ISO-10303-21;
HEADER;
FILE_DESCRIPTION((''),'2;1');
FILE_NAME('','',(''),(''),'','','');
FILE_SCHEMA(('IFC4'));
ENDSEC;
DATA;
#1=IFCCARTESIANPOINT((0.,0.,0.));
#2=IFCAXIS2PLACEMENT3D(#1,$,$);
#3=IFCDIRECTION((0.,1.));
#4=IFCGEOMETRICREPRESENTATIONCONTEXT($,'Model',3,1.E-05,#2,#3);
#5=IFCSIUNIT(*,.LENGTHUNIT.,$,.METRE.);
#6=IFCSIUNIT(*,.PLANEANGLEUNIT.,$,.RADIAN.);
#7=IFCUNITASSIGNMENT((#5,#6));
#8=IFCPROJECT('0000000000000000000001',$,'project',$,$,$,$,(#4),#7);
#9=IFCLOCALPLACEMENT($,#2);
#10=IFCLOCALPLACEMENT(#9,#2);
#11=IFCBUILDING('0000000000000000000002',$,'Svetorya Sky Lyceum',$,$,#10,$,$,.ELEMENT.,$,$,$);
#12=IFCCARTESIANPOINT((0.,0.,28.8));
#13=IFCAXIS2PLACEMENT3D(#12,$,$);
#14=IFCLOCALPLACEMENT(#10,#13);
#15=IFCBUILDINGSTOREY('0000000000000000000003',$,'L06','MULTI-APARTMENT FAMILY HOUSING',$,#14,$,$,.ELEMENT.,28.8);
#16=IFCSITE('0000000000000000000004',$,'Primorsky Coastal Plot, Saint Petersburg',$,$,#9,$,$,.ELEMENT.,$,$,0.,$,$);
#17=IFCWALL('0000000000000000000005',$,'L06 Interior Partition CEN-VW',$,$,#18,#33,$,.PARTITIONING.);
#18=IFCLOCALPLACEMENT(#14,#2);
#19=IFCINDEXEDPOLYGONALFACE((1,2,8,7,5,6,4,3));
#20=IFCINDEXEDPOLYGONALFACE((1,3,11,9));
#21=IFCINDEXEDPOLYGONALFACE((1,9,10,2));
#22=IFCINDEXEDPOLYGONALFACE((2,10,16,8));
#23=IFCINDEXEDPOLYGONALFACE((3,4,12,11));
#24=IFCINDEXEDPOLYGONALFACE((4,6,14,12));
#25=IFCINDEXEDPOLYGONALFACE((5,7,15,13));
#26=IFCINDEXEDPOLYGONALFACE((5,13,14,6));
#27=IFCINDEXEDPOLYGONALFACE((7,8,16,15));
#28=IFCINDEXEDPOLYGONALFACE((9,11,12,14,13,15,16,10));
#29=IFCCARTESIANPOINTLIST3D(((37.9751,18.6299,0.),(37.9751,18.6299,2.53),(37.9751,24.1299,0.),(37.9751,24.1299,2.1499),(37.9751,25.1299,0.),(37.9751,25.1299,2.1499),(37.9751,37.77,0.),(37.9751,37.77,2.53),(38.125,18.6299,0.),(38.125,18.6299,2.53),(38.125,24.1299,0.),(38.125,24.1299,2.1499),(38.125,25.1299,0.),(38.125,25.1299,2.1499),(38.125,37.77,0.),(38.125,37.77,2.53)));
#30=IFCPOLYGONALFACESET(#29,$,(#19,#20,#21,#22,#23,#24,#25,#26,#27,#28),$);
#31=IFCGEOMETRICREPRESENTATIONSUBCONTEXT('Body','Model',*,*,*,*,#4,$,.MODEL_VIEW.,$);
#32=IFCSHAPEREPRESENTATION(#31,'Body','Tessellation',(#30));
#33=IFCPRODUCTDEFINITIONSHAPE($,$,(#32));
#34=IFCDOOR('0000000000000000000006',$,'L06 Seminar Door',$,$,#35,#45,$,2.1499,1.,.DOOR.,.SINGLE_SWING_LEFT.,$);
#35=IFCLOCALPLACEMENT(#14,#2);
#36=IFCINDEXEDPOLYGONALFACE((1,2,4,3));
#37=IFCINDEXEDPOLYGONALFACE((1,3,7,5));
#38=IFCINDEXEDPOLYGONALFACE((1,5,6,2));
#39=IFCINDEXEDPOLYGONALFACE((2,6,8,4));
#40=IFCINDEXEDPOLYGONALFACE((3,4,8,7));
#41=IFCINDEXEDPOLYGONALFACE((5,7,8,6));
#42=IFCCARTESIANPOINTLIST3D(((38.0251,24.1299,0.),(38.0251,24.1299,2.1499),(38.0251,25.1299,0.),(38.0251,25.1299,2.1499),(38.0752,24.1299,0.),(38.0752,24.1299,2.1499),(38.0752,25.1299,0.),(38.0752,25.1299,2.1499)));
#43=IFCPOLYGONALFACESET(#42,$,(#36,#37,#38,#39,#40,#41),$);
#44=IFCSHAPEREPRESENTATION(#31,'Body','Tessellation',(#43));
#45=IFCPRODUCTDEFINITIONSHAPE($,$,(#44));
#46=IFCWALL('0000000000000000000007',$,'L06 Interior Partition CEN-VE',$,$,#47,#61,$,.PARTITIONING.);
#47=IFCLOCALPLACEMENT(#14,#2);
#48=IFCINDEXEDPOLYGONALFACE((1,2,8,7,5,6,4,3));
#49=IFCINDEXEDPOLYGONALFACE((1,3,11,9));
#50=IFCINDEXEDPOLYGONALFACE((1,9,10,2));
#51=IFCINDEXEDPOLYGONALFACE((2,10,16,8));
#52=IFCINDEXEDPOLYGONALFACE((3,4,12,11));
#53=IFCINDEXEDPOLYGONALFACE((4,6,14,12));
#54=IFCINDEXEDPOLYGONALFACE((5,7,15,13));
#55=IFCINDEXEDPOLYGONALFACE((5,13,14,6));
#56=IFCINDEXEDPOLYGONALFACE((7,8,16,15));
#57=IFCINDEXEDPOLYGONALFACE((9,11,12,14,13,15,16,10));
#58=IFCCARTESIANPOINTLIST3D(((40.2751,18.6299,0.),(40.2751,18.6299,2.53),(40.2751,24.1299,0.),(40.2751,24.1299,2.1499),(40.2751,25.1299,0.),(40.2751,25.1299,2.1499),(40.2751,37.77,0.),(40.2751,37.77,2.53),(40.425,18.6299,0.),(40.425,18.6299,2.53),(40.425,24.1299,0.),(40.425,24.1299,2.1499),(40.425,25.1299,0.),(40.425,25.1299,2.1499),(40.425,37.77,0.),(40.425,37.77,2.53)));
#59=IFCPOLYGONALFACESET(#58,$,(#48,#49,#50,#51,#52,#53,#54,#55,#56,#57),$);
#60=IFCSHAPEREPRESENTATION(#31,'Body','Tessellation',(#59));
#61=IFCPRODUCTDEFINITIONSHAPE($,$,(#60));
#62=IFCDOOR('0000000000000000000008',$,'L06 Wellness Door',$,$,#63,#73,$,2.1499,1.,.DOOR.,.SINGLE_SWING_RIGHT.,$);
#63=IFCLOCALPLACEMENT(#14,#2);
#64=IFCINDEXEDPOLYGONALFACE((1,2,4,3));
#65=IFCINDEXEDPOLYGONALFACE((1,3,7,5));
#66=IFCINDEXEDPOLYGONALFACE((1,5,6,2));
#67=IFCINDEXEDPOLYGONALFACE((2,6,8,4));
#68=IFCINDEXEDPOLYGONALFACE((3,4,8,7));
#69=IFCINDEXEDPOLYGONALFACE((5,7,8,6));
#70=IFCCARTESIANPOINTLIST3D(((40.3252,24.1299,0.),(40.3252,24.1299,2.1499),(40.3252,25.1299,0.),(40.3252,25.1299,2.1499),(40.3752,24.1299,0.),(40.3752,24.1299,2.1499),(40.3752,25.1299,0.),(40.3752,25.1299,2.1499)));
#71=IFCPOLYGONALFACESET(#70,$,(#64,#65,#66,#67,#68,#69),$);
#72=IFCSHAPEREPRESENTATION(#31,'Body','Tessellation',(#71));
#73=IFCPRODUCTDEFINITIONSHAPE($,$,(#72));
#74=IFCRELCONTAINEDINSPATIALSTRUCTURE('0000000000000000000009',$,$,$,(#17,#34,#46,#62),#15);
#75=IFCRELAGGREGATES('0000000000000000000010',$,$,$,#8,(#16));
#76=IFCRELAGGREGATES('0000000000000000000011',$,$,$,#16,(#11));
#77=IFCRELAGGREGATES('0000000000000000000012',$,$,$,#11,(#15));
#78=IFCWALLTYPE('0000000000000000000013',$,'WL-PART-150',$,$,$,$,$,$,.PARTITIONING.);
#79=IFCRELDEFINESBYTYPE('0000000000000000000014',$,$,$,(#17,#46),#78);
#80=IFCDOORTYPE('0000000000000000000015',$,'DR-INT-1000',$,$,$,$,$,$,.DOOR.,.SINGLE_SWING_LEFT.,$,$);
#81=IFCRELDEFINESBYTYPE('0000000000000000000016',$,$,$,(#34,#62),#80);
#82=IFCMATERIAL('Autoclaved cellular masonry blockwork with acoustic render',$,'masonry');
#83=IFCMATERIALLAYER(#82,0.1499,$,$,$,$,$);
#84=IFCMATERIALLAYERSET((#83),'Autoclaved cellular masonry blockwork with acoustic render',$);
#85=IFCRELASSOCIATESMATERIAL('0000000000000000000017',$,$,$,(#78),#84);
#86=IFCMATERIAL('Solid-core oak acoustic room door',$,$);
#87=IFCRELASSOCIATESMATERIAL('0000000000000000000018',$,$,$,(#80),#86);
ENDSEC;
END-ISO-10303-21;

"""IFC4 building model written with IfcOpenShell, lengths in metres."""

from ifc_helpers import new_model, si_unit, direction, frame, frame_2d, origin, place, context, subcontext, project, spatial, rectangle, extrude, material, layer, layer_set, type_object, element, fill, save


model = new_model("IFC4")

# Units and contexts
model_context = context("Model", 3, precision=1e-05, world=origin(), true_north=direction((0.0, 1.0)))
body_context = subcontext(model_context, "Body", "Model", "MODEL_VIEW")
ifc_project = project(units=[si_unit("LENGTHUNIT", "METRE"), si_unit("PLANEANGLEUNIT", "RADIAN")], contexts=[model_context])

# Site, building, storey
site_placement = place(None, origin())
site = spatial("IfcSite", under=ifc_project, at=site_placement, Name="Primorsky Coastal Plot, Saint Petersburg", CompositionType="ELEMENT", RefElevation=0.0)
building_placement = place(site_placement, origin())
building = spatial("IfcBuilding", under=site, at=building_placement, Name="Svetorya Sky Lyceum", CompositionType="ELEMENT")
storey_placement = place(building_placement, frame((0.0, 0.0, 28.8)))
storey = spatial("IfcBuildingStorey", under=building, at=storey_placement, Name="L06", Description="MULTI-APARTMENT FAMILY HOUSING", CompositionType="ELEMENT", Elevation=28.8)

# Shared definitions
ifc_material_1 = material(Name="Autoclaved cellular masonry blockwork with acoustic render", Category="masonry")
ifc_layer_1 = layer(ifc_material_1, 0.1499)
ifc_layer_set_1 = layer_set([ifc_layer_1], Name="Autoclaved cellular masonry blockwork with acoustic render")
wall_type_1 = type_object("IfcWallType", Name="WL-PART-150", PredefinedType="PARTITIONING", material=ifc_layer_set_1)

# Walls, openings, doors
wall_1_placement = place(storey_placement, frame((38.05, 18.6299, 0.0), z_axis=(0.0, 0.0, 1.0), x_axis=(0.0, 1.0, 0.0)))
wall_1 = element("IfcWall", 1, at=wall_1_placement, inside=storey, type_object=wall_type_1, Name="L06 Interior Partition CEN-VW", PredefinedType="PARTITIONING", context=body_context, shape_type="SweptSolid", body=[
    extrude(rectangle(XDim=19.1401, YDim=0.1499, at=frame_2d((9.5701, 0.0))), origin(), (0.0, 0.0, 1.0), 2.53),
])
opening_1_placement = place(wall_1_placement, frame((5.5, 0.0, 0.0)))
opening_1 = element("IfcOpeningElement", 2, at=opening_1_placement, cuts=wall_1, PredefinedType="OPENING", context=body_context, shape_type="SweptSolid", body=[
    extrude(rectangle(XDim=1.0, YDim=2.1499, at=frame_2d((0.5, 1.075))), frame((0.0, 0.085, 0.0), z_axis=(0.0, -1.0, 0.0), x_axis=(1.0, 0.0, 0.0)), (0.0, 0.0, 1.0), 0.1699),
])
ifc_material_2 = material(Name="Solid-core oak acoustic room door")
door_type_1 = type_object("IfcDoorType", Name="DR-INT-1000", OperationType="SINGLE_SWING_LEFT", PredefinedType="DOOR", material=ifc_material_2)
door_1_placement = place(opening_1_placement, origin())
door_1 = element("IfcDoor", 3, at=door_1_placement, inside=storey, type_object=door_type_1, Name="L06 Seminar Door", OperationType="SINGLE_SWING_LEFT", OverallHeight=2.1499, OverallWidth=1.0, PredefinedType="DOOR", context=body_context, shape_type="SweptSolid", body=[
    extrude(rectangle(XDim=1.0, YDim=2.1499, at=frame_2d((0.5, 1.075))), frame((0.0, 0.0249, 0.0), z_axis=(0.0, -1.0, 0.0), x_axis=(1.0, 0.0, 0.0)), (0.0, 0.0, 1.0), 0.05),
])
fill(opening_1, door_1)
wall_2_placement = place(storey_placement, frame((40.3501, 18.6299, 0.0), z_axis=(0.0, 0.0, 1.0), x_axis=(0.0, 1.0, 0.0)))
wall_2 = element("IfcWall", 4, at=wall_2_placement, inside=storey, type_object=wall_type_1, Name="L06 Interior Partition CEN-VE", PredefinedType="PARTITIONING", context=body_context, shape_type="SweptSolid", body=[
    extrude(rectangle(XDim=19.1401, YDim=0.1499, at=frame_2d((9.5701, 0.0))), origin(), (0.0, 0.0, 1.0), 2.53),
])
opening_2_placement = place(wall_2_placement, frame((5.5, 0.0, 0.0)))
opening_2 = element("IfcOpeningElement", 5, at=opening_2_placement, cuts=wall_2, PredefinedType="OPENING", context=body_context, shape_type="SweptSolid", body=[
    extrude(rectangle(XDim=1.0, YDim=2.1499, at=frame_2d((0.5, 1.075))), frame((0.0, 0.085, 0.0), z_axis=(0.0, -1.0, 0.0), x_axis=(1.0, 0.0, 0.0)), (0.0, 0.0, 1.0), 0.1699),
])
door_2_placement = place(opening_2_placement, origin())
door_2 = element("IfcDoor", 6, at=door_2_placement, inside=storey, type_object=door_type_1, Name="L06 Wellness Door", OperationType="SINGLE_SWING_RIGHT", OverallHeight=2.1499, OverallWidth=1.0, PredefinedType="DOOR", context=body_context, shape_type="SweptSolid", body=[
    extrude(rectangle(XDim=1.0, YDim=2.1499, at=frame_2d((0.5, 1.075))), frame((0.0, 0.0249, 0.0), z_axis=(0.0, -1.0, 0.0), x_axis=(1.0, 0.0, 0.0)), (0.0, 0.0, 1.0), 0.05),
])
fill(opening_2, door_2)

save(model, "model.ifc")
